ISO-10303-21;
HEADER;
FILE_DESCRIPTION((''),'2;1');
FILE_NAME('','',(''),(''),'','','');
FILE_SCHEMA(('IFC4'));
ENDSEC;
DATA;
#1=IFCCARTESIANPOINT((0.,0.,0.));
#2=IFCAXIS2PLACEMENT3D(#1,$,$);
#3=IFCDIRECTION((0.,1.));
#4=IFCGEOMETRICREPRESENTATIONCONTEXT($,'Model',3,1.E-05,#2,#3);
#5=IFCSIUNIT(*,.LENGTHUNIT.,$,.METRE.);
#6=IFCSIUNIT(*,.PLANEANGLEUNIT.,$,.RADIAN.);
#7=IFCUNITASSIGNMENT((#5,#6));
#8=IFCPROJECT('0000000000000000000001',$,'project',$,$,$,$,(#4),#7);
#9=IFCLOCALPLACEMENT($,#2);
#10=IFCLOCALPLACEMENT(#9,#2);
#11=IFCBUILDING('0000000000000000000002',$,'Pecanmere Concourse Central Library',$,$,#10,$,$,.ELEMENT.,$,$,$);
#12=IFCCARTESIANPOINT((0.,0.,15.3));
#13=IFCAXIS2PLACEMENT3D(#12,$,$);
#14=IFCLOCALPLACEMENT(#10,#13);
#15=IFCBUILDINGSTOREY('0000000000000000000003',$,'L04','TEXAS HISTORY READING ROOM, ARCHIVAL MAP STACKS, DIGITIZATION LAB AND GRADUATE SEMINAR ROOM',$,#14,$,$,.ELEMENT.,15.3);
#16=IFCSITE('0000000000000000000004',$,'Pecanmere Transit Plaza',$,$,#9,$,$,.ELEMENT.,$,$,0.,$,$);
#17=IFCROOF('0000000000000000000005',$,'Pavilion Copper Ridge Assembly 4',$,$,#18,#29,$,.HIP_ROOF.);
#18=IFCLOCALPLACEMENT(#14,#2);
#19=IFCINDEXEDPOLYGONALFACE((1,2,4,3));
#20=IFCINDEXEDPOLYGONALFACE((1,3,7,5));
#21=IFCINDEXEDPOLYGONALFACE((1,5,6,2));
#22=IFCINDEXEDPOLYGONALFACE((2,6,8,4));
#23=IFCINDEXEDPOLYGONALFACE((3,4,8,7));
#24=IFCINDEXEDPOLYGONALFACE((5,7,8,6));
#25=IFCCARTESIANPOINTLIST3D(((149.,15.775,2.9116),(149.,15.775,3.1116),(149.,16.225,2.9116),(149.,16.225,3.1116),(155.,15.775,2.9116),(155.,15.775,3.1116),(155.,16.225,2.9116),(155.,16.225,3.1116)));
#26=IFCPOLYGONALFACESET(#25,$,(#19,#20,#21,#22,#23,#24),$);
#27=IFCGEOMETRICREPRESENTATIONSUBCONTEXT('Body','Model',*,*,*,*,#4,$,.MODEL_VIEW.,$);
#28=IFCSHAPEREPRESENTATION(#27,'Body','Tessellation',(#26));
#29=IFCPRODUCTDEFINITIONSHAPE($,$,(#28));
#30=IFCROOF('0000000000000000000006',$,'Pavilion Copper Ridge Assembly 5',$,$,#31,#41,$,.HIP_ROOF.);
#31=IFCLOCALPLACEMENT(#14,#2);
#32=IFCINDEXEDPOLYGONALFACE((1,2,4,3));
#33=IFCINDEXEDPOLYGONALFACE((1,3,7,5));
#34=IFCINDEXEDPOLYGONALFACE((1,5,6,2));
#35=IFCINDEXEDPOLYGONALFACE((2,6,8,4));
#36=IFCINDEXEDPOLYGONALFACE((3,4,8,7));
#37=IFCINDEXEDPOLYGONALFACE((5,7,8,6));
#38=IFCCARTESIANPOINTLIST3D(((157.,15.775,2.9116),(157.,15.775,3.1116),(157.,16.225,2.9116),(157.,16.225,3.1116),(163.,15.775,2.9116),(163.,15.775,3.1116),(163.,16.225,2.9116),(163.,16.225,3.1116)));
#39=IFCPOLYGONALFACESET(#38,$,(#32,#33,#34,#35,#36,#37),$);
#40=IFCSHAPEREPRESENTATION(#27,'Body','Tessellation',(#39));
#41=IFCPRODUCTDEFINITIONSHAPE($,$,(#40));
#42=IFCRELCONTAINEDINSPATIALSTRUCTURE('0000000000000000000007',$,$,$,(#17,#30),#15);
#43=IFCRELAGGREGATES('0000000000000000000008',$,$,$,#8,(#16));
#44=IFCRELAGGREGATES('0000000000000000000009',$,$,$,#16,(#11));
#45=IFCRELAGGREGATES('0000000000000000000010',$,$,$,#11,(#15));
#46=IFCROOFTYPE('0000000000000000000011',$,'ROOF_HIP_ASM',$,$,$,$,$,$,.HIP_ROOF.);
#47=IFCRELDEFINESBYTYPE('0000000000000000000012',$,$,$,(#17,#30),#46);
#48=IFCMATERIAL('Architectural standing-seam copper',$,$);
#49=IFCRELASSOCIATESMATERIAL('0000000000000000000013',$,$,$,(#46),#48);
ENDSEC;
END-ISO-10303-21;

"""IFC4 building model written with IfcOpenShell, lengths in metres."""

from ifc_helpers import new_model, si_unit, direction, frame, origin, origin_2d, place, context, subcontext, project, spatial, rectangle, extrude, material, type_object, element, save


model = new_model("IFC4")

# Units and contexts
model_context = context("Model", 3, precision=1e-05, world=origin(), true_north=direction((0.0, 1.0)))
body_context = subcontext(model_context, "Body", "Model", "MODEL_VIEW")
ifc_project = project(units=[si_unit("LENGTHUNIT", "METRE"), si_unit("PLANEANGLEUNIT", "RADIAN")], contexts=[model_context])

# Site, building, storey
site_placement = place(None, origin())
site = spatial("IfcSite", under=ifc_project, at=site_placement, Name="Pecanmere Transit Plaza", CompositionType="ELEMENT", RefElevation=0.0)
building_placement = place(site_placement, origin())
building = spatial("IfcBuilding", under=site, at=building_placement, Name="Pecanmere Concourse Central Library", CompositionType="ELEMENT")
storey_placement = place(building_placement, frame((0.0, 0.0, 15.3)))
storey = spatial("IfcBuildingStorey", under=building, at=storey_placement, Name="L04", Description="TEXAS HISTORY READING ROOM, ARCHIVAL MAP STACKS, DIGITIZATION LAB AND GRADUATE SEMINAR ROOM", CompositionType="ELEMENT", Elevation=15.3)

# Roofs
ifc_material_1 = material(Name="Architectural standing-seam copper")
roof_type = type_object("IfcRoofType", Name="ROOF_HIP_ASM", PredefinedType="HIP_ROOF", material=ifc_material_1)
for number, where, z_axis, x_axis, name in (
    (1, (152.0, 16.0, 2.9116), (0.0, 0.0, 1.0), (1.0, 0.0, 0.0), "Pavilion Copper Ridge Assembly 4"),
    (2, (160.0, 16.0, 2.9116), (0.0, 0.0, 1.0), (1.0, 0.0, 0.0), "Pavilion Copper Ridge Assembly 5"),
):
    element("IfcRoof", number, at=place(storey_placement, frame(where, z_axis=z_axis, x_axis=x_axis)), inside=storey, type_object=roof_type, Name=name, PredefinedType="HIP_ROOF", context=body_context, shape_type="SweptSolid", body=[
        extrude(rectangle(XDim=6.0, YDim=0.45, at=origin_2d()), origin(), (0.0, 0.0, 1.0), 0.2),
    ])

save(model, "model.ifc")
